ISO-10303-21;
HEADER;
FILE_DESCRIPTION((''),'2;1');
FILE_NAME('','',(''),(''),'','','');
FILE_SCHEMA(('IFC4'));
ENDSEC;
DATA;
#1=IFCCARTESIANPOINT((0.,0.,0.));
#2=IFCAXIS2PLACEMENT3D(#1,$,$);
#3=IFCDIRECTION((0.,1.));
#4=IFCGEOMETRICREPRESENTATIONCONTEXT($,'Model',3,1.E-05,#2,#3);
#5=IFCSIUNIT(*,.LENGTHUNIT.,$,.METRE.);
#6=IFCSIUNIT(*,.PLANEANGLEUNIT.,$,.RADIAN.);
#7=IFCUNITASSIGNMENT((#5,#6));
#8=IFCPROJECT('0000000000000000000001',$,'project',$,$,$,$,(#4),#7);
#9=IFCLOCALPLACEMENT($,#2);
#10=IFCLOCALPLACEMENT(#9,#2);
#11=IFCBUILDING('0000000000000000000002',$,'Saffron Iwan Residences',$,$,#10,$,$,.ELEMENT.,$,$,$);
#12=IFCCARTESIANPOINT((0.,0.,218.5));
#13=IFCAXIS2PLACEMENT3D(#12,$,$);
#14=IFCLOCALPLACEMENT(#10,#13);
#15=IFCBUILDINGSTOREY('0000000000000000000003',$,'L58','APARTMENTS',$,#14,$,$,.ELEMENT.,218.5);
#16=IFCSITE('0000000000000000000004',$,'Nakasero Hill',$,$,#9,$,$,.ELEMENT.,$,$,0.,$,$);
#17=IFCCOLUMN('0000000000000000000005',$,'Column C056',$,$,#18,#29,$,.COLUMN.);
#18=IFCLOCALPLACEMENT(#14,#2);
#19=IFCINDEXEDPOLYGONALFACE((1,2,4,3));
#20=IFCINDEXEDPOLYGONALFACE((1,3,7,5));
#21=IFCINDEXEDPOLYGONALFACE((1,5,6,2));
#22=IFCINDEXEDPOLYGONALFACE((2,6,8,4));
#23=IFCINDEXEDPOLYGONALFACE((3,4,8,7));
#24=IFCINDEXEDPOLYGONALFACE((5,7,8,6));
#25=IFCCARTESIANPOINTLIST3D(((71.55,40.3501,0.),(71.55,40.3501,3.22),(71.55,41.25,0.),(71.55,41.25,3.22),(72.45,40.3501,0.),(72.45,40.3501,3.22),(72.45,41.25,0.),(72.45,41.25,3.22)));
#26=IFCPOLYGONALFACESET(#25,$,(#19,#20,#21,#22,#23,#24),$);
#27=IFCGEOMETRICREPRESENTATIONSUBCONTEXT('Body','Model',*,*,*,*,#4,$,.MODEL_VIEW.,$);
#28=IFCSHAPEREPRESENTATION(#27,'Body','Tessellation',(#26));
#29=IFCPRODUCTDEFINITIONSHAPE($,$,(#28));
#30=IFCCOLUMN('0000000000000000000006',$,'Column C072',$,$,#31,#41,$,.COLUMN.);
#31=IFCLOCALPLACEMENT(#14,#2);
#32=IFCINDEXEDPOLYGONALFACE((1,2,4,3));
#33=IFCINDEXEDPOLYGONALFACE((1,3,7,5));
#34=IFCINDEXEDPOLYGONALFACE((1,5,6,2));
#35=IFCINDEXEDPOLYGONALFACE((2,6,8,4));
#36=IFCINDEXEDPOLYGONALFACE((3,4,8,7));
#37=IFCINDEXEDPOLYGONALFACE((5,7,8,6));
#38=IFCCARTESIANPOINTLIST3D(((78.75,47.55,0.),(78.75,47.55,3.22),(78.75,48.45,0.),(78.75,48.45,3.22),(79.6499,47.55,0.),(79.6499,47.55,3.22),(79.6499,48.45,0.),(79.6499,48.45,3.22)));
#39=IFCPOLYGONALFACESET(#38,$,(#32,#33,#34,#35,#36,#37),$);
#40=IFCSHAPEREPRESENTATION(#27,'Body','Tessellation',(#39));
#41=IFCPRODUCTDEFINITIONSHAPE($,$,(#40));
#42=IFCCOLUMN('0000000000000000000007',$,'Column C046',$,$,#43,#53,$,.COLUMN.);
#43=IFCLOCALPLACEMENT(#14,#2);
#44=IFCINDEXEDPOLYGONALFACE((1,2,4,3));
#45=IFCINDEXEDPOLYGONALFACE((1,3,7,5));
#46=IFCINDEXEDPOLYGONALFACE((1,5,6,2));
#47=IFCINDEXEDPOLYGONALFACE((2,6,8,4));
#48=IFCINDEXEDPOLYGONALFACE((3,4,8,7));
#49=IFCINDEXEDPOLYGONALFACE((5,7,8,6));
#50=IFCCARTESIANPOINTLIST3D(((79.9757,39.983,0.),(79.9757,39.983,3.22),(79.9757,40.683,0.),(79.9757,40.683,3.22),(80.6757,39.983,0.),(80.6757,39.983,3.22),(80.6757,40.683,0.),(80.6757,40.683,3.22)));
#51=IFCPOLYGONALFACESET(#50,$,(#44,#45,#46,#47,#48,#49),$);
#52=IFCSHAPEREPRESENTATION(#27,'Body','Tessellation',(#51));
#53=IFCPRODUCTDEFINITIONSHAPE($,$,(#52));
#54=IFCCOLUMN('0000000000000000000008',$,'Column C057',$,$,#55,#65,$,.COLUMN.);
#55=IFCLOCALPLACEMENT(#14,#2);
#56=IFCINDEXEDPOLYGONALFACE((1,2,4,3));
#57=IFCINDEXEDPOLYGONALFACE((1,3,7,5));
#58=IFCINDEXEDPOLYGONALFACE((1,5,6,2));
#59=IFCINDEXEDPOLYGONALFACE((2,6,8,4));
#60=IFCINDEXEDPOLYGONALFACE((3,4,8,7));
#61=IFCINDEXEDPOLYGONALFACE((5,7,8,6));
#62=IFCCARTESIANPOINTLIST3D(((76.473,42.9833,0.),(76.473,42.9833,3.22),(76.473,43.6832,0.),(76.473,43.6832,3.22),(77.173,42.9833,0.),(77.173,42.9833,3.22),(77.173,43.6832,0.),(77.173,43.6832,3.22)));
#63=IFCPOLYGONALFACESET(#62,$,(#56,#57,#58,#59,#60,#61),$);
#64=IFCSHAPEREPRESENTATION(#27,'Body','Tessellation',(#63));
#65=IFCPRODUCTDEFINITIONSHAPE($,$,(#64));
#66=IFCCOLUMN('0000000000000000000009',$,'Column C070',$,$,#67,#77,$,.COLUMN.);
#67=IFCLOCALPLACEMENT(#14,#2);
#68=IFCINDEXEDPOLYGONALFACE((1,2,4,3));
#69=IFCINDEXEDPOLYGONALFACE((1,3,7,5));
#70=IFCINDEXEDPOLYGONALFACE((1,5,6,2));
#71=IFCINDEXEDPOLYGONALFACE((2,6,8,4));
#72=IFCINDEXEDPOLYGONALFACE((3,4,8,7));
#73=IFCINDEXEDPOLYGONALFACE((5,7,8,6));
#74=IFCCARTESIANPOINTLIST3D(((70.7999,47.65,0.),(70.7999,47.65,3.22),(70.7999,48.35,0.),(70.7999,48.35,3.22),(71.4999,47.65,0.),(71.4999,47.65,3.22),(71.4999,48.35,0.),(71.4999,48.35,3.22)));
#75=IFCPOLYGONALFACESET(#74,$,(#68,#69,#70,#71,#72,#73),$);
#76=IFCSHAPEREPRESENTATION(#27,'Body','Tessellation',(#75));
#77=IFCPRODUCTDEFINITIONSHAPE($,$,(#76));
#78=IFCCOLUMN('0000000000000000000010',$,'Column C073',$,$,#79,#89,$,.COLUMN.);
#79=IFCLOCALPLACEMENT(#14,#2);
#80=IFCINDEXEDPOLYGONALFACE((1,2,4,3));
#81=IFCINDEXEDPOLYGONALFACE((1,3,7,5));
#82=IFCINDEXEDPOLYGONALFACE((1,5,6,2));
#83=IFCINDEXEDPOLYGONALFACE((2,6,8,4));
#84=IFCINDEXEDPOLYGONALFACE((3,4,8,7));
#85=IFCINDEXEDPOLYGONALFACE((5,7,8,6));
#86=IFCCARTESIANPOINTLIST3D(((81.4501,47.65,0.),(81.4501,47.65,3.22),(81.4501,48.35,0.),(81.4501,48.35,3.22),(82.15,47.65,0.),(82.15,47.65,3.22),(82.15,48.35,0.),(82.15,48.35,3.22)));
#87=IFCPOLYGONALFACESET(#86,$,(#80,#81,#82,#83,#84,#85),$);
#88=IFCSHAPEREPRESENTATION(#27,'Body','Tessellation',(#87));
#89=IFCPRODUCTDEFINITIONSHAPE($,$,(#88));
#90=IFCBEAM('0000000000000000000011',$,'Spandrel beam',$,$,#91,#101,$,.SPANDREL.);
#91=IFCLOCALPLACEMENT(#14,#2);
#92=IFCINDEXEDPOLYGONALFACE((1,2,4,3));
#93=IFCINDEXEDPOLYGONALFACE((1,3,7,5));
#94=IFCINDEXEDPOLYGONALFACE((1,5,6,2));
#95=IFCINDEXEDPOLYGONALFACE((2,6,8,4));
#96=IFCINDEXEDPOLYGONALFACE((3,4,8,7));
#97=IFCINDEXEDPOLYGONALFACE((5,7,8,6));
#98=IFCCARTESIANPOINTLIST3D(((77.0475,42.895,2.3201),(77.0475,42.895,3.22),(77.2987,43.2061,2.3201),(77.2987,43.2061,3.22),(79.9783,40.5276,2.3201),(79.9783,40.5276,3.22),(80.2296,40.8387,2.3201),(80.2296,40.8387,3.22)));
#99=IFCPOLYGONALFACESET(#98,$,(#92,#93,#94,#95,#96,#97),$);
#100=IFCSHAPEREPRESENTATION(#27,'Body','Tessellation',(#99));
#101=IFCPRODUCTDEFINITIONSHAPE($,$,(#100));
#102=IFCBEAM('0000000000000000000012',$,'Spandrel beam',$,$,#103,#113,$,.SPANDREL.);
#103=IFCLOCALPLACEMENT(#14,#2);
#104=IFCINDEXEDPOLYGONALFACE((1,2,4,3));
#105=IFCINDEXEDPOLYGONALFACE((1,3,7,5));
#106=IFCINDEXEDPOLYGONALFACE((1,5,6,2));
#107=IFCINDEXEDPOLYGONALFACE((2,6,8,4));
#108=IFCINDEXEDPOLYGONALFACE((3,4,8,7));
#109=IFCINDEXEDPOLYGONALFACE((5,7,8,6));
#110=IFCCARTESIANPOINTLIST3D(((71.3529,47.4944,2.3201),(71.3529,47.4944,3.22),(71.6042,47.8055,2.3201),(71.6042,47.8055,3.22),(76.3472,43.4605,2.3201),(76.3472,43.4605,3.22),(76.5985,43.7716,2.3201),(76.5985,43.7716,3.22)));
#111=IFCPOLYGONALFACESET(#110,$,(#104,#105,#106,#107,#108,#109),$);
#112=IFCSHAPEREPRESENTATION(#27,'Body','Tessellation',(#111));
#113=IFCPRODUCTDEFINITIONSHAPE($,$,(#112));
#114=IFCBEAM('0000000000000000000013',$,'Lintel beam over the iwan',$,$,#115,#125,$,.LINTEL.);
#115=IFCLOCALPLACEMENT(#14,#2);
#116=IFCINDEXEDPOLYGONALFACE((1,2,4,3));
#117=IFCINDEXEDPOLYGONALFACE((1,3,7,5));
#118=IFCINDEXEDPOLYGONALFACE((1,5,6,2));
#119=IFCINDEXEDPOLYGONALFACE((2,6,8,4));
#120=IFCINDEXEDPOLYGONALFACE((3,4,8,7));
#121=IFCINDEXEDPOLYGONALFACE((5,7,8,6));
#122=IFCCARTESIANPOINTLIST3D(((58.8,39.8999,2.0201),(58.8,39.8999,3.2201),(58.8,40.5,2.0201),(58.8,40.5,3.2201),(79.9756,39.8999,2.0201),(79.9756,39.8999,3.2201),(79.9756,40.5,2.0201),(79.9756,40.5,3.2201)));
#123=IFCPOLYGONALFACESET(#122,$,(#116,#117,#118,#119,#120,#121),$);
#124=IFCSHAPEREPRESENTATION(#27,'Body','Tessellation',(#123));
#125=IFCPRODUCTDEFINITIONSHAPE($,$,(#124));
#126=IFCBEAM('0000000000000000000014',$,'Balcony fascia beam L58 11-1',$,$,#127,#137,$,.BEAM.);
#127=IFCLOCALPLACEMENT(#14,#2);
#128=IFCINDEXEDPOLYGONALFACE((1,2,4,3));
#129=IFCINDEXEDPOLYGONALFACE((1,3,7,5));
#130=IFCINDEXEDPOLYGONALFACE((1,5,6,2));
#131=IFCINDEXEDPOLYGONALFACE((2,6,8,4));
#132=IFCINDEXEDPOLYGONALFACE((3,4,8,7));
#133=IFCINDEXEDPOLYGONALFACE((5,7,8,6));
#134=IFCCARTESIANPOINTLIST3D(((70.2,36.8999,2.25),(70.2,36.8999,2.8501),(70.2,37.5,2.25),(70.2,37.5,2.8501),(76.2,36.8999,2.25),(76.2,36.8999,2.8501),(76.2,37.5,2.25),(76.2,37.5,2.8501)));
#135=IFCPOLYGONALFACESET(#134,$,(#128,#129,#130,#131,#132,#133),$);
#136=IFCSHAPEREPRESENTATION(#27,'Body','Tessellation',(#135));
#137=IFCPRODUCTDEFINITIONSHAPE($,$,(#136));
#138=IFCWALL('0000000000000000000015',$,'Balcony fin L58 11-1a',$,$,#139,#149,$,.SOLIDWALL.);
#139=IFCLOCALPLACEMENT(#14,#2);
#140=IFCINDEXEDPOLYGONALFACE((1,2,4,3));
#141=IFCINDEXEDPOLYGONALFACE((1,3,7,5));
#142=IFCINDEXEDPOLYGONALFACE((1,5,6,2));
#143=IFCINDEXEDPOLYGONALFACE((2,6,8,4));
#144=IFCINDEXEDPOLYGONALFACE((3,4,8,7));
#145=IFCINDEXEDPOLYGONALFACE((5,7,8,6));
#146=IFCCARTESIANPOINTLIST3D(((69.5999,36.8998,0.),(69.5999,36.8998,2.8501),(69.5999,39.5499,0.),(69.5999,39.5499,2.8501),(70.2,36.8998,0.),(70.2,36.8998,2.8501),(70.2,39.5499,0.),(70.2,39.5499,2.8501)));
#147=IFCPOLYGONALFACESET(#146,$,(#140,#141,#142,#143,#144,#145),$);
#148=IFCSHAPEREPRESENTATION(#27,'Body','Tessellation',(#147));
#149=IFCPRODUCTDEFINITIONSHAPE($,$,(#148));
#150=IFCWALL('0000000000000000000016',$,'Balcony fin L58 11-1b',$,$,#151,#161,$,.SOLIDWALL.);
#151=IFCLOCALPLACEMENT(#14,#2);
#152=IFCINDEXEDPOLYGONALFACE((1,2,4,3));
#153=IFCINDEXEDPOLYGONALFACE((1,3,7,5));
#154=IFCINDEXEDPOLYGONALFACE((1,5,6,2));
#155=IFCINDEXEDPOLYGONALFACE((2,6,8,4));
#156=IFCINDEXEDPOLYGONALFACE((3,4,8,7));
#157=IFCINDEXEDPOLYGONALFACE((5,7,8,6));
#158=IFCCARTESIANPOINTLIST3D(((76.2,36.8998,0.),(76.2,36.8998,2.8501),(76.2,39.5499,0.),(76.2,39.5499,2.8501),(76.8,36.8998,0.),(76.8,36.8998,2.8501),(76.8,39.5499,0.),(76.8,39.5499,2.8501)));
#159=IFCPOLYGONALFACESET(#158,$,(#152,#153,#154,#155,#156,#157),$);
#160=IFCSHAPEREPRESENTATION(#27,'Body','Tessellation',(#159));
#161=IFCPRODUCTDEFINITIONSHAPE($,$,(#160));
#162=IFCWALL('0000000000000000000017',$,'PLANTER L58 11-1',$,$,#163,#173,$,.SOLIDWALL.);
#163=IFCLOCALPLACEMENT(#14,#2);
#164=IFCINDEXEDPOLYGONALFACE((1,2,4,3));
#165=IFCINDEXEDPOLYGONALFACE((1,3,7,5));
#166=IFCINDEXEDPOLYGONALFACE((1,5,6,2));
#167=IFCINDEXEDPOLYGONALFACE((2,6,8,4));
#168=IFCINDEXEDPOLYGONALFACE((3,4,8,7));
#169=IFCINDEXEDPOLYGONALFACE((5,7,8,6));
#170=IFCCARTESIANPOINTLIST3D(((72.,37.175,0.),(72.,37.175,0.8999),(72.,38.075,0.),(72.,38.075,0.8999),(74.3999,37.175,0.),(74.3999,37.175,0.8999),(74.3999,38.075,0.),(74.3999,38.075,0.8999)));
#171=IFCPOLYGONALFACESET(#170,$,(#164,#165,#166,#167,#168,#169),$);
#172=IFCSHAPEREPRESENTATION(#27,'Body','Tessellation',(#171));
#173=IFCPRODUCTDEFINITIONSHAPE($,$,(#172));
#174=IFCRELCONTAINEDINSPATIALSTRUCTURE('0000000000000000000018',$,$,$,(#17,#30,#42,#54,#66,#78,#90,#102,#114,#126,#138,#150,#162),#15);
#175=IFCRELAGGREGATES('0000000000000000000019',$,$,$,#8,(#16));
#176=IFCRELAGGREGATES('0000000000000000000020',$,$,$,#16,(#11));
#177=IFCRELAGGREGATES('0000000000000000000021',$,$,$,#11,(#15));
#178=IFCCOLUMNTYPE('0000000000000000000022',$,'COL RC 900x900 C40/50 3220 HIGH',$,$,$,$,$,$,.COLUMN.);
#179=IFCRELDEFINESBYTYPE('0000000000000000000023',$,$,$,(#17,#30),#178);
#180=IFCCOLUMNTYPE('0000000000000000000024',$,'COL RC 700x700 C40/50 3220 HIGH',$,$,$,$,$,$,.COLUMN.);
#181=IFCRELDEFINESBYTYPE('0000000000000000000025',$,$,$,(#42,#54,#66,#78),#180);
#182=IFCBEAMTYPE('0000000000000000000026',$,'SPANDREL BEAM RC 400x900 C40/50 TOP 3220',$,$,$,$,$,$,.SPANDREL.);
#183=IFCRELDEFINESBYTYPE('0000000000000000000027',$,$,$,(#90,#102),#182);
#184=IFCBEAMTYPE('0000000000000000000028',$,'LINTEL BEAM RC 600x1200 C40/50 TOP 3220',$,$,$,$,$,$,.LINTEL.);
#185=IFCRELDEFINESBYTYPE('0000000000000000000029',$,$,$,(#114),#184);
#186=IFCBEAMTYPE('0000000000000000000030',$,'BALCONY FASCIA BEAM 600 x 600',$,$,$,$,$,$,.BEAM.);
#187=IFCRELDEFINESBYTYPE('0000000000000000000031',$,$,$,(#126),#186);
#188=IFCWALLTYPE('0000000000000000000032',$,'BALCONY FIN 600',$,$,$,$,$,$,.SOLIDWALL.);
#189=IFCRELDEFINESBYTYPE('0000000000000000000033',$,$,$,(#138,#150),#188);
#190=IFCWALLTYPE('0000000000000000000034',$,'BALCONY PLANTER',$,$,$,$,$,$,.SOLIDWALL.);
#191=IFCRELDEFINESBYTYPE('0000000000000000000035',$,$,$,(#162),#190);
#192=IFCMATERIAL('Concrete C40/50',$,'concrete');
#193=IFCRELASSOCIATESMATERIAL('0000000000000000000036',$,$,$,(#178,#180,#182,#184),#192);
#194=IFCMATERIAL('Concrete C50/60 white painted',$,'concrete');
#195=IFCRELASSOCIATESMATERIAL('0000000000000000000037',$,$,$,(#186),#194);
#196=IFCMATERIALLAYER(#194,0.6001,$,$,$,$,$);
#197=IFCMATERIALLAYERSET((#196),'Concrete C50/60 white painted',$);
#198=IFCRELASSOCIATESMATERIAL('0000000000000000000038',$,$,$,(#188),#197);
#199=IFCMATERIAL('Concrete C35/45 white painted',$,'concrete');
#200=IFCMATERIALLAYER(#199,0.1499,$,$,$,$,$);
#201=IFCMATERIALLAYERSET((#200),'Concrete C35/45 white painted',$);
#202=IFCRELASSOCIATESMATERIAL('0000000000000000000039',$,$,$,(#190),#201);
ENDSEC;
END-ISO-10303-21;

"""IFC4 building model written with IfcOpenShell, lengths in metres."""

from ifc_helpers import new_model, si_unit, direction, frame, frame_2d, origin, origin_2d, place, context, subcontext, project, spatial, rectangle, extrude, source, transform, mapped, material, layer, layer_set, material_profile, profile_set, type_object, element, save


model = new_model("IFC4")

# Units and contexts
model_context = context("Model", 3, precision=1e-05, world=origin(), true_north=direction((0.0, 1.0)))
body_context = subcontext(model_context, "Body", "Model", "MODEL_VIEW")
ifc_project = project(units=[si_unit("LENGTHUNIT", "METRE"), si_unit("PLANEANGLEUNIT", "RADIAN")], contexts=[model_context])

# Site, building, storey
site_placement = place(None, origin())
site = spatial("IfcSite", under=ifc_project, at=site_placement, Name="Nakasero Hill", CompositionType="ELEMENT", RefElevation=0.0)
building_placement = place(site_placement, origin())
building = spatial("IfcBuilding", under=site, at=building_placement, Name="Saffron Iwan Residences", CompositionType="ELEMENT")
storey_placement = place(building_placement, frame((0.0, 0.0, 218.5)))
storey = spatial("IfcBuildingStorey", under=building, at=storey_placement, Name="L58", Description="APARTMENTS", CompositionType="ELEMENT", Elevation=218.5)

# Columns
ifc_material_1 = material(Name="Concrete C40/50", Category="concrete")
ifc_material_profile_1 = material_profile(ifc_material_1, rectangle(XDim=0.8999, YDim=0.8999, at=origin_2d()), Name="RC 900x900")
ifc_profile_set_1 = profile_set([ifc_material_profile_1], Name="Concrete C40/50")
column_type_1 = type_object("IfcColumnType", Name="COL RC 900x900 C40/50 3220 HIGH", PredefinedType="COLUMN", material=ifc_profile_set_1)
shared_shape_1 = source(origin(), body_context, "Body", "SweptSolid", [
    extrude(rectangle(XDim=0.8999, YDim=0.8999, at=origin_2d()), origin(), (0.0, 0.0, 1.0), 3.22),
])
for number, where, z_axis, x_axis, name in (
    (1, (72.0, 40.8, 0.0), (0.0, 0.0, 1.0), (1.0, 0.0, 0.0), "Column C056"),
    (2, (79.2, 48.0, 0.0), (0.0, 0.0, 1.0), (1.0, 0.0, 0.0), "Column C072"),
):
    element("IfcColumn", number, at=place(storey_placement, frame(where, z_axis=z_axis, x_axis=x_axis)), inside=storey, type_object=column_type_1, Name=name, PredefinedType="COLUMN", context=body_context, shape_type="MappedRepresentation", body=[
        mapped(shared_shape_1, transform((0.0, 0.0, 0.0))),
    ])
ifc_material_profile_2 = material_profile(ifc_material_1, rectangle(XDim=0.7, YDim=0.7, at=origin_2d()), Name="RC 700x700")
ifc_profile_set_2 = profile_set([ifc_material_profile_2], Name="Concrete C40/50")
column_type_2 = type_object("IfcColumnType", Name="COL RC 700x700 C40/50 3220 HIGH", PredefinedType="COLUMN", material=ifc_profile_set_2)
shared_shape_2 = source(origin(), body_context, "Body", "SweptSolid", [
    extrude(rectangle(XDim=0.7, YDim=0.7, at=origin_2d()), origin(), (0.0, 0.0, 1.0), 3.22),
])
for number, where, z_axis, x_axis, name in (
    (3, (80.3257, 40.333, 0.0), (0.0, 0.0, 1.0), (1.0, 0.0, 0.0), "Column C046"),
    (4, (76.823, 43.3333, 0.0), (0.0, 0.0, 1.0), (1.0, 0.0, 0.0), "Column C057"),
    (5, (71.1499, 48.0, 0.0), (0.0, 0.0, 1.0), (1.0, 0.0, 0.0), "Column C070"),
    (6, (81.8, 48.0, 0.0), (0.0, 0.0, 1.0), (1.0, 0.0, 0.0), "Column C073"),
):
    element("IfcColumn", number, at=place(storey_placement, frame(where, z_axis=z_axis, x_axis=x_axis)), inside=storey, type_object=column_type_2, Name=name, PredefinedType="COLUMN", context=body_context, shape_type="MappedRepresentation", body=[
        mapped(shared_shape_2, transform((0.0, 0.0, 0.0))),
    ])

# Beams
ifc_material_profile_3 = material_profile(ifc_material_1, rectangle(XDim=0.3999, YDim=0.8999, at=origin_2d()), Name="RC 400x900")
ifc_profile_set_3 = profile_set([ifc_material_profile_3], Name="Concrete C40/50")
beam_type_1 = type_object("IfcBeamType", Name="SPANDREL BEAM RC 400x900 C40/50 TOP 3220", PredefinedType="SPANDREL", material=ifc_profile_set_3)
shared_shape_3 = source(origin(), body_context, "Body", "SweptSolid", [
    extrude(rectangle(XDim=0.3999, YDim=0.8999, at=origin_2d()), origin(), (0.0, 0.0, 1.0), 3.7676),
])
beam_1_placement = place(storey_placement, frame((77.1731, 43.0505, 2.77), z_axis=(0.77792, -0.628363, 0.0), x_axis=(0.628363, 0.77792, 0.0)))
element("IfcBeam", 7, at=beam_1_placement, inside=storey, type_object=beam_type_1, Name="Spandrel beam", PredefinedType="SPANDREL", context=body_context, shape_type="MappedRepresentation", body=[
    mapped(shared_shape_3, transform((0.0, 0.0, 0.0))),
])
shared_shape_4 = source(origin(), body_context, "Body", "SweptSolid", [
    extrude(rectangle(XDim=0.3999, YDim=0.8999, at=origin_2d()), origin(), (0.0, 0.0, 1.0), 6.4199),
])
beam_2_placement = place(storey_placement, frame((71.4785, 47.6499, 2.77), z_axis=(0.77794, -0.628338, 0.0), x_axis=(0.628338, 0.77794, 0.0)))
element("IfcBeam", 8, at=beam_2_placement, inside=storey, type_object=beam_type_1, Name="Spandrel beam", PredefinedType="SPANDREL", context=body_context, shape_type="MappedRepresentation", body=[
    mapped(shared_shape_4, transform((0.0, 0.0, 0.0))),
])
ifc_material_profile_4 = material_profile(ifc_material_1, rectangle(XDim=0.6001, YDim=1.2, at=origin_2d()), Name="RC 600x1200")
ifc_profile_set_4 = profile_set([ifc_material_profile_4], Name="Concrete C40/50")
beam_type_2 = type_object("IfcBeamType", Name="LINTEL BEAM RC 600x1200 C40/50 TOP 3220", PredefinedType="LINTEL", material=ifc_profile_set_4)
shared_shape_5 = source(origin(), body_context, "Body", "SweptSolid", [
    extrude(rectangle(XDim=0.6001, YDim=1.2, at=origin_2d()), origin(), (0.0, 0.0, 1.0), 21.1755),
])
beam_3_placement = place(storey_placement, frame((79.9756, 40.2, 2.6201), z_axis=(-1.0, 0.0, 0.0), x_axis=(0.0, -1.0, 0.0)))
element("IfcBeam", 9, at=beam_3_placement, inside=storey, type_object=beam_type_2, Name="Lintel beam over the iwan", PredefinedType="LINTEL", context=body_context, shape_type="MappedRepresentation", body=[
    mapped(shared_shape_5, transform((0.0, 0.0, 0.0))),
])
ifc_material_2 = material(Name="Concrete C50/60 white painted", Category="concrete")
ifc_material_profile_5 = material_profile(ifc_material_2, rectangle(XDim=0.6001, YDim=0.6001, at=origin_2d()), Name="BALCONY FASCIA BEAM 600 x 600")
ifc_profile_set_5 = profile_set([ifc_material_profile_5], Name="Concrete C50/60 white painted")
beam_type_3 = type_object("IfcBeamType", Name="BALCONY FASCIA BEAM 600 x 600", PredefinedType="BEAM", material=ifc_profile_set_5)
shared_shape_6 = source(origin(), body_context, "Body", "SweptSolid", [
    extrude(rectangle(XDim=0.6001, YDim=0.6001, at=origin_2d()), origin(), (0.0, 0.0, 1.0), 6.0),
])
beam_4_placement = place(storey_placement, frame((70.2, 37.2, 2.55), z_axis=(1.0, 0.0, 0.0), x_axis=(0.0, 1.0, 0.0)))
element("IfcBeam", 10, at=beam_4_placement, inside=storey, type_object=beam_type_3, Name="Balcony fascia beam L58 11-1", PredefinedType="BEAM", context=body_context, shape_type="MappedRepresentation", body=[
    mapped(shared_shape_6, transform((0.0, 0.0, 0.0))),
])

# Walls
ifc_layer_1 = layer(ifc_material_2, 0.6001)
ifc_layer_set_1 = layer_set([ifc_layer_1], Name="Concrete C50/60 white painted")
wall_type_1 = type_object("IfcWallType", Name="BALCONY FIN 600", PredefinedType="SOLIDWALL", material=ifc_layer_set_1)
for number, where, z_axis, x_axis, name in (
    (11, (69.8999, 39.55, 0.0), (0.0, 0.0, 1.0), (0.0, -1.0, 0.0), "Balcony fin L58 11-1a"),
    (12, (76.5, 39.55, 0.0), (0.0, 0.0, 1.0), (0.0, -1.0, 0.0), "Balcony fin L58 11-1b"),
):
    element("IfcWall", number, at=place(storey_placement, frame(where, z_axis=z_axis, x_axis=x_axis)), inside=storey, type_object=wall_type_1, Name=name, PredefinedType="SOLIDWALL", context=body_context, shape_type="SweptSolid", body=[
        extrude(rectangle(XDim=2.6501, YDim=0.6001, at=frame_2d((1.3252, 0.0))), origin(), (0.0, 0.0, 1.0), 2.8501),
    ])
ifc_material_3 = material(Name="Concrete C35/45 white painted", Category="concrete")
ifc_layer_2 = layer(ifc_material_3, 0.1499)
ifc_layer_set_2 = layer_set([ifc_layer_2], Name="Concrete C35/45 white painted")
wall_type_2 = type_object("IfcWallType", Name="BALCONY PLANTER", PredefinedType="SOLIDWALL", material=ifc_layer_set_2)
wall_1_placement = place(storey_placement, frame((72.0, 37.625, 0.0), z_axis=(0.0, 0.0, 1.0), x_axis=(1.0, 0.0, 0.0)))
element("IfcWall", 13, at=wall_1_placement, inside=storey, type_object=wall_type_2, Name="PLANTER L58 11-1", PredefinedType="SOLIDWALL", context=body_context, shape_type="SweptSolid", body=[
    extrude(rectangle(XDim=2.3999, YDim=0.8999, at=frame_2d((1.2, 0.0))), origin(), (0.0, 0.0, 1.0), 0.8999),
])

save(model, "model.ifc")
